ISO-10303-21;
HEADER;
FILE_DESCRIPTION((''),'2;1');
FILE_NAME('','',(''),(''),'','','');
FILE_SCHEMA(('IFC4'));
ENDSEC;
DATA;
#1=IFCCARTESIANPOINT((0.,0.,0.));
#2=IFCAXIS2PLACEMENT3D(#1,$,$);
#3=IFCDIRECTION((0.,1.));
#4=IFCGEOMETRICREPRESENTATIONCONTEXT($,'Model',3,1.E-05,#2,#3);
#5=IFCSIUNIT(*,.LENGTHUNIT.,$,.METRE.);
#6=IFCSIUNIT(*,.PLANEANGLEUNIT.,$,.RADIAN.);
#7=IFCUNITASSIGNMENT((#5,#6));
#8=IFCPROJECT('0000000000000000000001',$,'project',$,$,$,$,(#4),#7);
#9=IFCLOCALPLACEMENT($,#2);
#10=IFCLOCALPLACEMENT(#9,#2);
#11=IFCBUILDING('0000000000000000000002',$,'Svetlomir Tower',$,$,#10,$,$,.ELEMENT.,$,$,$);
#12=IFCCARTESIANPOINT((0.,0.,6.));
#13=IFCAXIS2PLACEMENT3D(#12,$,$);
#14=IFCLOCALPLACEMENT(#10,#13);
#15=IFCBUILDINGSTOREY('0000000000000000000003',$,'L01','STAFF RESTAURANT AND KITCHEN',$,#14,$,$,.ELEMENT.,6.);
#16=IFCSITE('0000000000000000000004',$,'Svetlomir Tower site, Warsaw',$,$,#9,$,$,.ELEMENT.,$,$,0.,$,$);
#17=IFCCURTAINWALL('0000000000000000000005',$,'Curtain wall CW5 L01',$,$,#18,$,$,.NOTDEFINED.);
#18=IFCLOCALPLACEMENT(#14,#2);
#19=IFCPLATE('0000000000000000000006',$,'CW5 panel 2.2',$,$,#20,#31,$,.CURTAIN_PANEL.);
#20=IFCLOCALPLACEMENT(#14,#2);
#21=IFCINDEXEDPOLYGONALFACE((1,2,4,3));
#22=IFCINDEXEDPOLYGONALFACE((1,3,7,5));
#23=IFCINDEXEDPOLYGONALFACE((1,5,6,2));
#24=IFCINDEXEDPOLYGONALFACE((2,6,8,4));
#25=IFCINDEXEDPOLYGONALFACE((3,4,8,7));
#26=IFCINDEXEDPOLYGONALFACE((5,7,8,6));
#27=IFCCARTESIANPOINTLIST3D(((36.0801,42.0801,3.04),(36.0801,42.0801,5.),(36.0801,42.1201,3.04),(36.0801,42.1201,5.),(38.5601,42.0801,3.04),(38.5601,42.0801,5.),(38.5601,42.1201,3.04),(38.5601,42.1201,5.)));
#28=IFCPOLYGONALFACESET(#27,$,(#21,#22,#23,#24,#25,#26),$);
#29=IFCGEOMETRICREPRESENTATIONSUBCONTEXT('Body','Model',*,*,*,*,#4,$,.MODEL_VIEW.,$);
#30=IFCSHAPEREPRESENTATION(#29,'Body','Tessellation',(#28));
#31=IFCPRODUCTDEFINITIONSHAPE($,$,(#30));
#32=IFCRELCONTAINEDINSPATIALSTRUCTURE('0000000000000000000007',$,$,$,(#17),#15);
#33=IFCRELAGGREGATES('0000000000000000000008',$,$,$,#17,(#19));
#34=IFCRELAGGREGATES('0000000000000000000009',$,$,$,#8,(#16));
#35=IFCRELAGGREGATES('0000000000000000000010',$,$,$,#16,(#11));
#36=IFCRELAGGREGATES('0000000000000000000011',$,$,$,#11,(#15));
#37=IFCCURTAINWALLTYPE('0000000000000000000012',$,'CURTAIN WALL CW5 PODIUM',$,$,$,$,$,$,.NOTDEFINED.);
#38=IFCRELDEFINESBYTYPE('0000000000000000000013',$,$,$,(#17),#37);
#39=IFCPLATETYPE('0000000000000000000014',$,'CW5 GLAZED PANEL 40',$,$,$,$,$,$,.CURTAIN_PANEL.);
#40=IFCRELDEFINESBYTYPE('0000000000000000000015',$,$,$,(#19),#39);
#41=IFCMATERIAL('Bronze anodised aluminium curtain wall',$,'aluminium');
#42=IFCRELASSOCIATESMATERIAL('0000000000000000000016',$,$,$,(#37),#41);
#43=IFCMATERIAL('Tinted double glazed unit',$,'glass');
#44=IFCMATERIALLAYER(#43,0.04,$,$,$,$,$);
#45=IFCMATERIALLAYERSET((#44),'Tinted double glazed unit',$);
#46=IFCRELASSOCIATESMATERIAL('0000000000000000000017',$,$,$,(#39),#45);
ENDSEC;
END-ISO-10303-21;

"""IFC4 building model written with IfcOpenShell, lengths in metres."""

from ifc_helpers import new_model, si_unit, direction, frame, origin, origin_2d, place, context, subcontext, project, spatial, rectangle, extrude, material, layer, layer_set, type_object, element, aggregate, save


model = new_model("IFC4")

# Units and contexts
model_context = context("Model", 3, precision=1e-05, world=origin(), true_north=direction((0.0, 1.0)))
body_context = subcontext(model_context, "Body", "Model", "MODEL_VIEW")
ifc_project = project(units=[si_unit("LENGTHUNIT", "METRE"), si_unit("PLANEANGLEUNIT", "RADIAN")], contexts=[model_context])

# Site, building, storey
site_placement = place(None, origin())
site = spatial("IfcSite", under=ifc_project, at=site_placement, Name="Svetlomir Tower site, Warsaw", CompositionType="ELEMENT", RefElevation=0.0)
building_placement = place(site_placement, origin())
building = spatial("IfcBuilding", under=site, at=building_placement, Name="Svetlomir Tower", CompositionType="ELEMENT")
storey_placement = place(building_placement, frame((0.0, 0.0, 6.0)))
storey = spatial("IfcBuildingStorey", under=building, at=storey_placement, Name="L01", Description="STAFF RESTAURANT AND KITCHEN", CompositionType="ELEMENT", Elevation=6.0)

# Shared definitions
ifc_material_1 = material(Name="Bronze anodised aluminium curtain wall", Category="aluminium")
curtain_wall_type = type_object("IfcCurtainWallType", Name="CURTAIN WALL CW5 PODIUM", PredefinedType="NOTDEFINED", material=ifc_material_1)

# Curtain wall
curtain_wall_1_placement = place(storey_placement, origin())
curtain_wall_1 = element("IfcCurtainWall", 1, at=curtain_wall_1_placement, inside=storey, type_object=curtain_wall_type, Name="Curtain wall CW5 L01", PredefinedType="NOTDEFINED")

# Plate
ifc_material_2 = material(Name="Tinted double glazed unit", Category="glass")
ifc_layer = layer(ifc_material_2, 0.04)
ifc_layer_set = layer_set([ifc_layer], Name="Tinted double glazed unit")
plate_type = type_object("IfcPlateType", Name="CW5 GLAZED PANEL 40", PredefinedType="CURTAIN_PANEL", material=ifc_layer_set)
plate_1_placement = place(storey_placement, frame((37.3201, 42.1001, 3.04), z_axis=(0.0, 0.0, 1.0), x_axis=(-1.0, 0.0, 0.0)))
plate_1 = element("IfcPlate", 2, at=plate_1_placement, type_object=plate_type, Name="CW5 panel 2.2", PredefinedType="CURTAIN_PANEL", context=body_context, shape_type="SweptSolid", body=[
    extrude(rectangle(XDim=2.48, YDim=0.04, at=origin_2d()), origin(), (0.0, 0.0, 1.0), 1.96),
])
aggregate(curtain_wall_1, [plate_1])

save(model, "model.ifc")
